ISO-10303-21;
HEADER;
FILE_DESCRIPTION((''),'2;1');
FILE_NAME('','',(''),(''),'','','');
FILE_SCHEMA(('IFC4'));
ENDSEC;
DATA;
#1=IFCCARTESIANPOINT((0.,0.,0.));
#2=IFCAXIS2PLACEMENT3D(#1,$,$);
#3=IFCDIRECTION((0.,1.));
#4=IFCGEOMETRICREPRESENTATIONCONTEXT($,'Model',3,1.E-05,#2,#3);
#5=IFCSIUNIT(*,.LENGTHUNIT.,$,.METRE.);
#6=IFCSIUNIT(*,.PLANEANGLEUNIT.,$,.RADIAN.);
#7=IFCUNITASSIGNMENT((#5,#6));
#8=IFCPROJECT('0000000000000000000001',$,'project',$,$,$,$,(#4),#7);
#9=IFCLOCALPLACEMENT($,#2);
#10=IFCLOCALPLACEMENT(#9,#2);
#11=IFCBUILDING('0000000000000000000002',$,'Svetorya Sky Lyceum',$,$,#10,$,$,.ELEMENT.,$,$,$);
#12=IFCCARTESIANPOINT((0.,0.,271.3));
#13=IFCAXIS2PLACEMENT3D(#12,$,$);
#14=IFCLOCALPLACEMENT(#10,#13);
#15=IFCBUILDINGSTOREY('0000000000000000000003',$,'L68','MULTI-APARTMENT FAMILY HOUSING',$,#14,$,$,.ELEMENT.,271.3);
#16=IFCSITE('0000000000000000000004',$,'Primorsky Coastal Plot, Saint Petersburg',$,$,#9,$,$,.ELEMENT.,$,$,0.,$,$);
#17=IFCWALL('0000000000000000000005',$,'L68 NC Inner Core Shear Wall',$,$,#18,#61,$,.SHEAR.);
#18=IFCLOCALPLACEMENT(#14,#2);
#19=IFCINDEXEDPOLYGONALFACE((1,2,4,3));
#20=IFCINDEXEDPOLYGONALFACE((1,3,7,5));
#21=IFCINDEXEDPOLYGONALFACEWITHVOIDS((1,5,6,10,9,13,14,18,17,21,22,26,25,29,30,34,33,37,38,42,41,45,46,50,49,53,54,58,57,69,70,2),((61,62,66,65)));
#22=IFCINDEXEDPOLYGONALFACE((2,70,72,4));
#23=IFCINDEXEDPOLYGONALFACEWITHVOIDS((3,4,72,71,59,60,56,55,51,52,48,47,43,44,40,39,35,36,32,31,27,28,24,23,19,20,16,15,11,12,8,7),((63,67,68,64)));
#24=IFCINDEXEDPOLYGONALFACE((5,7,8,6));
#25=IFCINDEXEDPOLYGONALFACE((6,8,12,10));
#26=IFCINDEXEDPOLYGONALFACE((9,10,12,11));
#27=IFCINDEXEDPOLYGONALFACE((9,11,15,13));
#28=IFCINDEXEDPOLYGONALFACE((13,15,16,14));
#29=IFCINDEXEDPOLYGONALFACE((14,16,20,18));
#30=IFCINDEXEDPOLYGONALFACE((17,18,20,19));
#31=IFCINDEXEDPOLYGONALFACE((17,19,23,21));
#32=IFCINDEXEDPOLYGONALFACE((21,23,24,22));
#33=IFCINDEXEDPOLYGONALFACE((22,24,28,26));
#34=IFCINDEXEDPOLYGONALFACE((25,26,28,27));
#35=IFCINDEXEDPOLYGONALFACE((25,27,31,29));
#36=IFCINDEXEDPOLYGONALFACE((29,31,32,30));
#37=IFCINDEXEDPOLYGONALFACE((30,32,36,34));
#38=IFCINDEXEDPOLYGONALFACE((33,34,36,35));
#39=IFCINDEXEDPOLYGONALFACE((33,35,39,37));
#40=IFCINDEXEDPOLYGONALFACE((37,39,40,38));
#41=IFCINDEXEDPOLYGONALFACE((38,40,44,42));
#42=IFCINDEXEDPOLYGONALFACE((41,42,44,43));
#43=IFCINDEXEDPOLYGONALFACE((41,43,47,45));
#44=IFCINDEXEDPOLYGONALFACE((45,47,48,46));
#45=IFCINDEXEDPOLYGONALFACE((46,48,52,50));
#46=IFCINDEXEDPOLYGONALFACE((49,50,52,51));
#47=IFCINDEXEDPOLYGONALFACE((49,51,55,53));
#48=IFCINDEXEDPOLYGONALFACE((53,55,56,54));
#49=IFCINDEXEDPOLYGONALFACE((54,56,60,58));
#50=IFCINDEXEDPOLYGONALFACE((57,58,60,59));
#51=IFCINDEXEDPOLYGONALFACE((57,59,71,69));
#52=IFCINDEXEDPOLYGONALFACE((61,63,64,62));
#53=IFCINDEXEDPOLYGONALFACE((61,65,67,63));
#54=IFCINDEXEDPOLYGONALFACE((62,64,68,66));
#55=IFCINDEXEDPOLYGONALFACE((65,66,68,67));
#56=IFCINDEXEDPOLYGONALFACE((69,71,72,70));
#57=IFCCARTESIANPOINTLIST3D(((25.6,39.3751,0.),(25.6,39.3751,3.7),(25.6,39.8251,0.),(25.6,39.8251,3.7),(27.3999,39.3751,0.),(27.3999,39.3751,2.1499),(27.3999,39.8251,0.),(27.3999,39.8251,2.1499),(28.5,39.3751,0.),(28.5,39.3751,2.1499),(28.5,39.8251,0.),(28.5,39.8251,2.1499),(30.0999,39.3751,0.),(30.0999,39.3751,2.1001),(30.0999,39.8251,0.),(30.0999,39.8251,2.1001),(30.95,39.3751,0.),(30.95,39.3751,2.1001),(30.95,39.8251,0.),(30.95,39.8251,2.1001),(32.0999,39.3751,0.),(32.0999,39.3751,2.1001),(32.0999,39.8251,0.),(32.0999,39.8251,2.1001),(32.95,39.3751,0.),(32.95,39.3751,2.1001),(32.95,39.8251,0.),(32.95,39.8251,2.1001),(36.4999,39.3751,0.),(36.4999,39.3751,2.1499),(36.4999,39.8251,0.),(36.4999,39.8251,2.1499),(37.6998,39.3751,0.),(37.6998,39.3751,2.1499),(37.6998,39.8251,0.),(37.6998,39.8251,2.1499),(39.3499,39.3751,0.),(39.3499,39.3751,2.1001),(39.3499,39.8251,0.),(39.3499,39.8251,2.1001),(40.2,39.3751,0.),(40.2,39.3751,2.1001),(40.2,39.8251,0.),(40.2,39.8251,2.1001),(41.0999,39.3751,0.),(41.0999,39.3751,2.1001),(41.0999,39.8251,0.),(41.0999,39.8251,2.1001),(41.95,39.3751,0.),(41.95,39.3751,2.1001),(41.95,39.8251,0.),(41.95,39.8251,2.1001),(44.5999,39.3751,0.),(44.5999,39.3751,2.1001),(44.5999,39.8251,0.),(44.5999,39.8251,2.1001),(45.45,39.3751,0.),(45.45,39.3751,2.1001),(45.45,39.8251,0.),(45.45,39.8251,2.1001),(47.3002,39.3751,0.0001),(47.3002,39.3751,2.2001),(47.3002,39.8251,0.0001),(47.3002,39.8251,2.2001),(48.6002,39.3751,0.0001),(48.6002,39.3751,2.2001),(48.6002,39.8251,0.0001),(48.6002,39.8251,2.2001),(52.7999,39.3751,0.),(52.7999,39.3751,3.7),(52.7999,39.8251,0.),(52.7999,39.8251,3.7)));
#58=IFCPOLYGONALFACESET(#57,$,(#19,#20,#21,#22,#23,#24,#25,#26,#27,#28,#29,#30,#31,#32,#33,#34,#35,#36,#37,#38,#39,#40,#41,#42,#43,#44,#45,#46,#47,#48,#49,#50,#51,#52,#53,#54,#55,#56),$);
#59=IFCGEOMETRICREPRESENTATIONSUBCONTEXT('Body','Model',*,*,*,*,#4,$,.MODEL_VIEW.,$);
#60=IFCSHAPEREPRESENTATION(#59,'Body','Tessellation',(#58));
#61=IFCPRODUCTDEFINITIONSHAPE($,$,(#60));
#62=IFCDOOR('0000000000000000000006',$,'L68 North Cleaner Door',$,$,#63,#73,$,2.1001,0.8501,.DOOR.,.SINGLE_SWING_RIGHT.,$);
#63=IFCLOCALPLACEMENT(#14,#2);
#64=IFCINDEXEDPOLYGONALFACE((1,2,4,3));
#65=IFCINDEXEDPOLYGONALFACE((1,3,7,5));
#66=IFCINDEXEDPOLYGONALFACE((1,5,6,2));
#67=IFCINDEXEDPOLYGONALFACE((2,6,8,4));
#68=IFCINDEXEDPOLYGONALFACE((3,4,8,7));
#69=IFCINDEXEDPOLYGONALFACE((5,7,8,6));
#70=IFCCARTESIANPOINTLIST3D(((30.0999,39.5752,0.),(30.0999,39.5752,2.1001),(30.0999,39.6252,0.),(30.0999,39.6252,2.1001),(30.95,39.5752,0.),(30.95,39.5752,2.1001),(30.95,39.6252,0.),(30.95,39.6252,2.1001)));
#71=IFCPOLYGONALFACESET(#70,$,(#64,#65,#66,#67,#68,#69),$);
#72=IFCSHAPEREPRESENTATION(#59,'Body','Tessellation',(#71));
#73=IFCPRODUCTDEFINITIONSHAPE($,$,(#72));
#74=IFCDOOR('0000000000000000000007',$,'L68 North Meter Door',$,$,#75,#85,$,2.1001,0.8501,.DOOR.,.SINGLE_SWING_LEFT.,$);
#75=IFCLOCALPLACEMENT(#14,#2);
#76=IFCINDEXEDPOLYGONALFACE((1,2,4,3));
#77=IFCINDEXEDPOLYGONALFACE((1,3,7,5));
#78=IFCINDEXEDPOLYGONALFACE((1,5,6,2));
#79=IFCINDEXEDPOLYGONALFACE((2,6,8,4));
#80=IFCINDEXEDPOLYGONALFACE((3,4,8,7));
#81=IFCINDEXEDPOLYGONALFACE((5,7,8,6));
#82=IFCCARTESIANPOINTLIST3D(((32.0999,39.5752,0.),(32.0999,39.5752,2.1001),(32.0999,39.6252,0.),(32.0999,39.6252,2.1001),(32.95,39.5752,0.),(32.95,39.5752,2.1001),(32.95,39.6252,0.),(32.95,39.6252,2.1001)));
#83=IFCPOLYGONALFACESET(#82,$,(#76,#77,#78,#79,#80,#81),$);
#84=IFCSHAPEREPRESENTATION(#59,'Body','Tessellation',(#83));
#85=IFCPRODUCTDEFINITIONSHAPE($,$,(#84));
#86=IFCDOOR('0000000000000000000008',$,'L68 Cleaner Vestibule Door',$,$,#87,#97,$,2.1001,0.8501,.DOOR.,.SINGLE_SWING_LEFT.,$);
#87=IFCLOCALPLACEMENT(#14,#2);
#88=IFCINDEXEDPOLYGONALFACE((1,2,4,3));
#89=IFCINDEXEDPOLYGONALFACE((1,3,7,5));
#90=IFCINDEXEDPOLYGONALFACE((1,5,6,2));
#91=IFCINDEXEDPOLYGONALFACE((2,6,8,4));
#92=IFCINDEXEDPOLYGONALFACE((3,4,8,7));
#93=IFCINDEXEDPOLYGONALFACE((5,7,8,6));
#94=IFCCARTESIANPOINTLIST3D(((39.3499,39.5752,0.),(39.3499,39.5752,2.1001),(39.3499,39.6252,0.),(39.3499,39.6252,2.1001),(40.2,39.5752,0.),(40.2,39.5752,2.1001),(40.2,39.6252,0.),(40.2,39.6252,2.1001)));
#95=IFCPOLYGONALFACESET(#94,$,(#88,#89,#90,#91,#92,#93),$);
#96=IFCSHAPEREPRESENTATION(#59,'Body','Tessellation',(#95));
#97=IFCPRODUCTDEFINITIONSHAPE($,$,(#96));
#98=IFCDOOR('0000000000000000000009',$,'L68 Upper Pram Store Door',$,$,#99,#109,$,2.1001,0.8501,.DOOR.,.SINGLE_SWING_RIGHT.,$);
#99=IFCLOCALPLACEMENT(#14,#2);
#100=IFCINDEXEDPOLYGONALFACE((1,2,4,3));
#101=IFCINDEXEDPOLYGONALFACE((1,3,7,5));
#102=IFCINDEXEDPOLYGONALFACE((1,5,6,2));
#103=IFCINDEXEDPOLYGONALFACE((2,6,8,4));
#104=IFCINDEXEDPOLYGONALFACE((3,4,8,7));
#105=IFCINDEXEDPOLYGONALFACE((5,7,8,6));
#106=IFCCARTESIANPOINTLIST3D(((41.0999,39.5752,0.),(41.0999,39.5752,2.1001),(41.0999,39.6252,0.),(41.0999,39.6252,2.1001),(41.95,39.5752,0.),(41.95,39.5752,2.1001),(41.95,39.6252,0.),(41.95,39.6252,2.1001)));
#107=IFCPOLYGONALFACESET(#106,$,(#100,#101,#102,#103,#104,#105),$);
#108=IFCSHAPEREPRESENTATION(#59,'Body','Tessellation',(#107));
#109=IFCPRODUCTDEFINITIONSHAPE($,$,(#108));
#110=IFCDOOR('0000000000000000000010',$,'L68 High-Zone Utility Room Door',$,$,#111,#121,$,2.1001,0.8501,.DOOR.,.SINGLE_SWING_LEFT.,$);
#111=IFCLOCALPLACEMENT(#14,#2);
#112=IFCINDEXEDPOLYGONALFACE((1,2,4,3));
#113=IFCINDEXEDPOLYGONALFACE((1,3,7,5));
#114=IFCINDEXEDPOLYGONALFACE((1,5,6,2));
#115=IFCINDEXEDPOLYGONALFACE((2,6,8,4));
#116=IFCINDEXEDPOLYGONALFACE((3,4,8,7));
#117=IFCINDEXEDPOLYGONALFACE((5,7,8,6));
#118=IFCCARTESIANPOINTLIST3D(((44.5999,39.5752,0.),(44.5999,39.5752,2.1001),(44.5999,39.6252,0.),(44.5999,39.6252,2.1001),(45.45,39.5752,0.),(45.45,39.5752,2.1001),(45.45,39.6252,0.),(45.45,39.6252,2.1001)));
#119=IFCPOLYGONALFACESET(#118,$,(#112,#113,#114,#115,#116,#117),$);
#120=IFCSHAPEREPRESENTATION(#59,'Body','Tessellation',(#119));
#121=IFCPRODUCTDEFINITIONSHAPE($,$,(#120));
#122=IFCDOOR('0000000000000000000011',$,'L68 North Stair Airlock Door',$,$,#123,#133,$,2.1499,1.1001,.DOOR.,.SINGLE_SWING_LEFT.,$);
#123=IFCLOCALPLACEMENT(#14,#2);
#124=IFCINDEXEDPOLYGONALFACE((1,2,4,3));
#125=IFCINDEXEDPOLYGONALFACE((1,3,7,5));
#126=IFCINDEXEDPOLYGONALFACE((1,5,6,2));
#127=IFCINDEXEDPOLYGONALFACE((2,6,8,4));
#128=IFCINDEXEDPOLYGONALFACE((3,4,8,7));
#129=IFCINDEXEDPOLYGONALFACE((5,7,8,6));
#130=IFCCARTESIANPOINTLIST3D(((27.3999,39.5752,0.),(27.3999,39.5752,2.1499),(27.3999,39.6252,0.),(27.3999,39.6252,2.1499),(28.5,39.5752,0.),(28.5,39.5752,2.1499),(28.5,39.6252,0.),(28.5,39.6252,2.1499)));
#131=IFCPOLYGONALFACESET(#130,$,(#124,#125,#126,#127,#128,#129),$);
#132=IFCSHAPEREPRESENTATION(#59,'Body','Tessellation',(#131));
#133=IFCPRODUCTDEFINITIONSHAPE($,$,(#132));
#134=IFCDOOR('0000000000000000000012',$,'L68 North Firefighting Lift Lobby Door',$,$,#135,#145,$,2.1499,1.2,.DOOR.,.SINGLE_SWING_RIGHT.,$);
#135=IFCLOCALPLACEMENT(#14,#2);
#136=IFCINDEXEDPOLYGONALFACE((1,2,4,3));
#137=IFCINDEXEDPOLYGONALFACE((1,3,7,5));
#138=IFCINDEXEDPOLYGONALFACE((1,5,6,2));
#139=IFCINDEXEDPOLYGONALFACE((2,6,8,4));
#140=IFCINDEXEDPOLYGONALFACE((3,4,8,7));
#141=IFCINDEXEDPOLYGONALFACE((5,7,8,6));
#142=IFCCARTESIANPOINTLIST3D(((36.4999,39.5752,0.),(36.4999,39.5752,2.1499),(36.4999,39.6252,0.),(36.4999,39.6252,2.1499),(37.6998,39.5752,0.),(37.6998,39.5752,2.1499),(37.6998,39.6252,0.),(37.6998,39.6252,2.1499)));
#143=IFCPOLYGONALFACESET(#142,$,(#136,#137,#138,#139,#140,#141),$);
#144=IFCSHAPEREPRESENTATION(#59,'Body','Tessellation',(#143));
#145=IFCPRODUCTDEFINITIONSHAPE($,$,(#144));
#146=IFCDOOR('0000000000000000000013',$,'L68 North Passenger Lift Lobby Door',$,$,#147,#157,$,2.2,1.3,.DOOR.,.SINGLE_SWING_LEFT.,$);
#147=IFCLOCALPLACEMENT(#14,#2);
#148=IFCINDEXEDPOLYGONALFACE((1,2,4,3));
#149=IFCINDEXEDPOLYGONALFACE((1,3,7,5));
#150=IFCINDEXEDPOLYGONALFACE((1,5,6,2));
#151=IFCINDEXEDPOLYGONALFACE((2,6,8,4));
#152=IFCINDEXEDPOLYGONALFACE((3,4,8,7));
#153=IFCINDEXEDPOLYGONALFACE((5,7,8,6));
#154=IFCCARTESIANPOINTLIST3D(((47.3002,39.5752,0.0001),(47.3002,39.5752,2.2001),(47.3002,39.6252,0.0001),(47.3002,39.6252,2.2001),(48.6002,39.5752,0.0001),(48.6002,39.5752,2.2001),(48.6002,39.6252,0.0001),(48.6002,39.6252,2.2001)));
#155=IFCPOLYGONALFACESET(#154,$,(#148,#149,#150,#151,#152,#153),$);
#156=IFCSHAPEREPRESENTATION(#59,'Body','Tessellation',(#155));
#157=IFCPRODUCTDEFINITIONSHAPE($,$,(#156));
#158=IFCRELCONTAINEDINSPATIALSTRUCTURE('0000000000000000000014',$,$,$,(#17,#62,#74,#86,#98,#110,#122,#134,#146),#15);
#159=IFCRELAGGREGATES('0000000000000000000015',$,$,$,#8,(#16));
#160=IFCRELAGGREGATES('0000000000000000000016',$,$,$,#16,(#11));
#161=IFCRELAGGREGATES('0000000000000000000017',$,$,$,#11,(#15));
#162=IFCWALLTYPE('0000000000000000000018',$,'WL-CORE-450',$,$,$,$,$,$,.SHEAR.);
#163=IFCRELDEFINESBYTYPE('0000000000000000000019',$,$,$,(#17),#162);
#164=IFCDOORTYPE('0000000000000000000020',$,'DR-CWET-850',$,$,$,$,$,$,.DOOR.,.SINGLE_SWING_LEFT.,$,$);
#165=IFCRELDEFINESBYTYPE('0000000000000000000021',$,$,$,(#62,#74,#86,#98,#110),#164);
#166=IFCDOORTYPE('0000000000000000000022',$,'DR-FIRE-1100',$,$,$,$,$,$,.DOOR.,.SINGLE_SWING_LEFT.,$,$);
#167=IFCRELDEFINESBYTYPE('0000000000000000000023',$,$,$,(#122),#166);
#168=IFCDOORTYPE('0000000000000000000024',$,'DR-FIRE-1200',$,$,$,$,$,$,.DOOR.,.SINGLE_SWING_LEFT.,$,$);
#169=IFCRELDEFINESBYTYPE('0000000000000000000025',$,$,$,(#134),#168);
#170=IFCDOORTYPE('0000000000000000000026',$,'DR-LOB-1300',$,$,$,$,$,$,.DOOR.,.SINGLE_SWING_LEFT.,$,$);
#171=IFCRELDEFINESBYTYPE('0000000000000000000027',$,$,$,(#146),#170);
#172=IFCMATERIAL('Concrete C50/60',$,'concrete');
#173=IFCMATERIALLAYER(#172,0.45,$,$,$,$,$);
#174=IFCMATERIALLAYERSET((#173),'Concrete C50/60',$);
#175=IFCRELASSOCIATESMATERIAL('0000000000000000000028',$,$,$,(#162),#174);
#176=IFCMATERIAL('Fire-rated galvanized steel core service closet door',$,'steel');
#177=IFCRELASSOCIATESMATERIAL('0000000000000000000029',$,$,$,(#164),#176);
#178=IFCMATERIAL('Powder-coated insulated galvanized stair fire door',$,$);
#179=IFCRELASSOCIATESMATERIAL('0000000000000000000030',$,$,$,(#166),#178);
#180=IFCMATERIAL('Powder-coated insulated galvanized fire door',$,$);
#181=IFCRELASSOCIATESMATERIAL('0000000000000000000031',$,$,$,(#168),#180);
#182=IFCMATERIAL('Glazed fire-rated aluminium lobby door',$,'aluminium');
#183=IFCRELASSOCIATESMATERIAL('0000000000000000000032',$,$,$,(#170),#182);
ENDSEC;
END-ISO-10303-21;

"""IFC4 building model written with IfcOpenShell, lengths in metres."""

from ifc_helpers import new_model, si_unit, direction, frame, frame_2d, origin, place, context, subcontext, project, spatial, rectangle, extrude, material, layer, layer_set, type_object, element, fill, save


model = new_model("IFC4")

# Units and contexts
model_context = context("Model", 3, precision=1e-05, world=origin(), true_north=direction((0.0, 1.0)))
body_context = subcontext(model_context, "Body", "Model", "MODEL_VIEW")
ifc_project = project(units=[si_unit("LENGTHUNIT", "METRE"), si_unit("PLANEANGLEUNIT", "RADIAN")], contexts=[model_context])

# Site, building, storey
site_placement = place(None, origin())
site = spatial("IfcSite", under=ifc_project, at=site_placement, Name="Primorsky Coastal Plot, Saint Petersburg", CompositionType="ELEMENT", RefElevation=0.0)
building_placement = place(site_placement, origin())
building = spatial("IfcBuilding", under=site, at=building_placement, Name="Svetorya Sky Lyceum", CompositionType="ELEMENT")
storey_placement = place(building_placement, frame((0.0, 0.0, 271.3)))
storey = spatial("IfcBuildingStorey", under=building, at=storey_placement, Name="L68", Description="MULTI-APARTMENT FAMILY HOUSING", CompositionType="ELEMENT", Elevation=271.3)

# Wall, openings, doors
ifc_material_1 = material(Name="Concrete C50/60", Category="concrete")
ifc_layer_1 = layer(ifc_material_1, 0.45)
ifc_layer_set_1 = layer_set([ifc_layer_1], Name="Concrete C50/60")
wall_type_1 = type_object("IfcWallType", Name="WL-CORE-450", PredefinedType="SHEAR", material=ifc_layer_set_1)
wall_1_placement = place(storey_placement, frame((52.8, 39.6001, 0.0), z_axis=(0.0, 0.0, 1.0), x_axis=(-1.0, 0.0, 0.0)))
wall_1 = element("IfcWall", 1, at=wall_1_placement, inside=storey, type_object=wall_type_1, Name="L68 NC Inner Core Shear Wall", PredefinedType="SHEAR", context=body_context, shape_type="SweptSolid", body=[
    extrude(rectangle(XDim=27.2, YDim=0.45, at=frame_2d((13.6001, 0.0))), origin(), (0.0, 0.0, 1.0), 3.7),
])
opening_1_placement = place(wall_1_placement, frame((24.3, 0.0, 0.0)))
opening_1 = element("IfcOpeningElement", 2, at=opening_1_placement, cuts=wall_1, PredefinedType="OPENING", context=body_context, shape_type="SweptSolid", body=[
    extrude(rectangle(XDim=1.1001, YDim=2.1499, at=frame_2d((0.55, 1.075))), frame((0.0, 0.2349, 0.0), z_axis=(0.0, -1.0, 0.0), x_axis=(1.0, 0.0, 0.0)), (0.0, 0.0, 1.0), 0.47),
])
opening_2_placement = place(wall_1_placement, frame((21.8501, 0.0, 0.0)))
opening_2 = element("IfcOpeningElement", 3, at=opening_2_placement, cuts=wall_1, PredefinedType="OPENING", context=body_context, shape_type="SweptSolid", body=[
    extrude(rectangle(XDim=0.8501, YDim=2.1001, at=frame_2d((0.425, 1.05))), frame((0.0, 0.2349, 0.0), z_axis=(0.0, -1.0, 0.0), x_axis=(1.0, 0.0, 0.0)), (0.0, 0.0, 1.0), 0.47),
])
opening_3_placement = place(wall_1_placement, frame((19.8501, 0.0, 0.0)))
opening_3 = element("IfcOpeningElement", 4, at=opening_3_placement, cuts=wall_1, PredefinedType="OPENING", context=body_context, shape_type="SweptSolid", body=[
    extrude(rectangle(XDim=0.8501, YDim=2.1001, at=frame_2d((0.425, 1.05))), frame((0.0, 0.2349, 0.0), z_axis=(0.0, -1.0, 0.0), x_axis=(1.0, 0.0, 0.0)), (0.0, 0.0, 1.0), 0.47),
])
opening_4_placement = place(wall_1_placement, frame((15.1001, 0.0, 0.0)))
opening_4 = element("IfcOpeningElement", 5, at=opening_4_placement, cuts=wall_1, PredefinedType="OPENING", context=body_context, shape_type="SweptSolid", body=[
    extrude(rectangle(XDim=1.2, YDim=2.1499, at=frame_2d((0.6001, 1.075))), frame((0.0, 0.2349, 0.0), z_axis=(0.0, -1.0, 0.0), x_axis=(1.0, 0.0, 0.0)), (0.0, 0.0, 1.0), 0.47),
])
opening_5_placement = place(wall_1_placement, frame((12.6001, 0.0, 0.0)))
opening_5 = element("IfcOpeningElement", 6, at=opening_5_placement, cuts=wall_1, PredefinedType="OPENING", context=body_context, shape_type="SweptSolid", body=[
    extrude(rectangle(XDim=0.8501, YDim=2.1001, at=frame_2d((0.425, 1.05))), frame((0.0, 0.2349, 0.0), z_axis=(0.0, -1.0, 0.0), x_axis=(1.0, 0.0, 0.0)), (0.0, 0.0, 1.0), 0.47),
])
opening_6_placement = place(wall_1_placement, frame((10.8501, 0.0, 0.0)))
opening_6 = element("IfcOpeningElement", 7, at=opening_6_placement, cuts=wall_1, PredefinedType="OPENING", context=body_context, shape_type="SweptSolid", body=[
    extrude(rectangle(XDim=0.8501, YDim=2.1001, at=frame_2d((0.425, 1.05))), frame((0.0, 0.2349, 0.0), z_axis=(0.0, -1.0, 0.0), x_axis=(1.0, 0.0, 0.0)), (0.0, 0.0, 1.0), 0.47),
])
opening_7_placement = place(wall_1_placement, frame((7.3501, 0.0, 0.0)))
opening_7 = element("IfcOpeningElement", 8, at=opening_7_placement, cuts=wall_1, PredefinedType="OPENING", context=body_context, shape_type="SweptSolid", body=[
    extrude(rectangle(XDim=0.8501, YDim=2.1001, at=frame_2d((0.425, 1.05))), frame((0.0, 0.2349, 0.0), z_axis=(0.0, -1.0, 0.0), x_axis=(1.0, 0.0, 0.0)), (0.0, 0.0, 1.0), 0.47),
])
opening_8_placement = place(wall_1_placement, frame((4.2, 0.0, 0.0)))
opening_8 = element("IfcOpeningElement", 9, at=opening_8_placement, cuts=wall_1, PredefinedType="OPENING", context=body_context, shape_type="SweptSolid", body=[
    extrude(rectangle(XDim=1.3, YDim=2.2, at=frame_2d((0.6499, 1.1001))), frame((0.0, 0.2349, 0.0), z_axis=(0.0, -1.0, 0.0), x_axis=(1.0, 0.0, 0.0)), (0.0, 0.0, 1.0), 0.47),
])
ifc_material_2 = material(Name="Fire-rated galvanized steel core service closet door", Category="steel")
door_type_1 = type_object("IfcDoorType", Name="DR-CWET-850", OperationType="SINGLE_SWING_LEFT", PredefinedType="DOOR", material=ifc_material_2)
door_1_placement = place(opening_2_placement, origin())
door_1 = element("IfcDoor", 10, at=door_1_placement, inside=storey, type_object=door_type_1, Name="L68 North Cleaner Door", OperationType="SINGLE_SWING_RIGHT", OverallHeight=2.1001, OverallWidth=0.8501, PredefinedType="DOOR", context=body_context, shape_type="SweptSolid", body=[
    extrude(rectangle(XDim=0.8501, YDim=2.1001, at=frame_2d((0.425, 1.05))), frame((0.0, 0.0249, 0.0), z_axis=(0.0, -1.0, 0.0), x_axis=(1.0, 0.0, 0.0)), (0.0, 0.0, 1.0), 0.05),
])
fill(opening_2, door_1)
door_2_placement = place(opening_3_placement, origin())
door_2 = element("IfcDoor", 11, at=door_2_placement, inside=storey, type_object=door_type_1, Name="L68 North Meter Door", OperationType="SINGLE_SWING_LEFT", OverallHeight=2.1001, OverallWidth=0.8501, PredefinedType="DOOR", context=body_context, shape_type="SweptSolid", body=[
    extrude(rectangle(XDim=0.8501, YDim=2.1001, at=frame_2d((0.425, 1.05))), frame((0.0, 0.0249, 0.0), z_axis=(0.0, -1.0, 0.0), x_axis=(1.0, 0.0, 0.0)), (0.0, 0.0, 1.0), 0.05),
])
fill(opening_3, door_2)
door_3_placement = place(opening_5_placement, origin())
door_3 = element("IfcDoor", 12, at=door_3_placement, inside=storey, type_object=door_type_1, Name="L68 Cleaner Vestibule Door", OperationType="SINGLE_SWING_LEFT", OverallHeight=2.1001, OverallWidth=0.8501, PredefinedType="DOOR", context=body_context, shape_type="SweptSolid", body=[
    extrude(rectangle(XDim=0.8501, YDim=2.1001, at=frame_2d((0.425, 1.05))), frame((0.0, 0.0249, 0.0), z_axis=(0.0, -1.0, 0.0), x_axis=(1.0, 0.0, 0.0)), (0.0, 0.0, 1.0), 0.05),
])
fill(opening_5, door_3)
door_4_placement = place(opening_6_placement, origin())
door_4 = element("IfcDoor", 13, at=door_4_placement, inside=storey, type_object=door_type_1, Name="L68 Upper Pram Store Door", OperationType="SINGLE_SWING_RIGHT", OverallHeight=2.1001, OverallWidth=0.8501, PredefinedType="DOOR", context=body_context, shape_type="SweptSolid", body=[
    extrude(rectangle(XDim=0.8501, YDim=2.1001, at=frame_2d((0.425, 1.05))), frame((0.0, 0.0249, 0.0), z_axis=(0.0, -1.0, 0.0), x_axis=(1.0, 0.0, 0.0)), (0.0, 0.0, 1.0), 0.05),
])
fill(opening_6, door_4)
door_5_placement = place(opening_7_placement, origin())
door_5 = element("IfcDoor", 14, at=door_5_placement, inside=storey, type_object=door_type_1, Name="L68 High-Zone Utility Room Door", OperationType="SINGLE_SWING_LEFT", OverallHeight=2.1001, OverallWidth=0.8501, PredefinedType="DOOR", context=body_context, shape_type="SweptSolid", body=[
    extrude(rectangle(XDim=0.8501, YDim=2.1001, at=frame_2d((0.425, 1.05))), frame((0.0, 0.0249, 0.0), z_axis=(0.0, -1.0, 0.0), x_axis=(1.0, 0.0, 0.0)), (0.0, 0.0, 1.0), 0.05),
])
fill(opening_7, door_5)
ifc_material_3 = material(Name="Powder-coated insulated galvanized stair fire door")
door_type_2 = type_object("IfcDoorType", Name="DR-FIRE-1100", OperationType="SINGLE_SWING_LEFT", PredefinedType="DOOR", material=ifc_material_3)
door_6_placement = place(opening_1_placement, origin())
door_6 = element("IfcDoor", 15, at=door_6_placement, inside=storey, type_object=door_type_2, Name="L68 North Stair Airlock Door", OperationType="SINGLE_SWING_LEFT", OverallHeight=2.1499, OverallWidth=1.1001, PredefinedType="DOOR", context=body_context, shape_type="SweptSolid", body=[
    extrude(rectangle(XDim=1.1001, YDim=2.1499, at=frame_2d((0.55, 1.075))), frame((0.0, 0.0249, 0.0), z_axis=(0.0, -1.0, 0.0), x_axis=(1.0, 0.0, 0.0)), (0.0, 0.0, 1.0), 0.05),
])
fill(opening_1, door_6)
ifc_material_4 = material(Name="Powder-coated insulated galvanized fire door")
door_type_3 = type_object("IfcDoorType", Name="DR-FIRE-1200", OperationType="SINGLE_SWING_LEFT", PredefinedType="DOOR", material=ifc_material_4)
door_7_placement = place(opening_4_placement, origin())
door_7 = element("IfcDoor", 16, at=door_7_placement, inside=storey, type_object=door_type_3, Name="L68 North Firefighting Lift Lobby Door", OperationType="SINGLE_SWING_RIGHT", OverallHeight=2.1499, OverallWidth=1.2, PredefinedType="DOOR", context=body_context, shape_type="SweptSolid", body=[
    extrude(rectangle(XDim=1.2, YDim=2.1499, at=frame_2d((0.6001, 1.075))), frame((0.0, 0.0249, 0.0), z_axis=(0.0, -1.0, 0.0), x_axis=(1.0, 0.0, 0.0)), (0.0, 0.0, 1.0), 0.05),
])
fill(opening_4, door_7)
ifc_material_5 = material(Name="Glazed fire-rated aluminium lobby door", Category="aluminium")
door_type_4 = type_object("IfcDoorType", Name="DR-LOB-1300", OperationType="SINGLE_SWING_LEFT", PredefinedType="DOOR", material=ifc_material_5)
door_8_placement = place(opening_8_placement, origin())
door_8 = element("IfcDoor", 17, at=door_8_placement, inside=storey, type_object=door_type_4, Name="L68 North Passenger Lift Lobby Door", OperationType="SINGLE_SWING_LEFT", OverallHeight=2.2, OverallWidth=1.3, PredefinedType="DOOR", context=body_context, shape_type="SweptSolid", body=[
    extrude(rectangle(XDim=1.3, YDim=2.2, at=frame_2d((0.6499, 1.1001))), frame((0.0, 0.0249, 0.0), z_axis=(0.0, -1.0, 0.0), x_axis=(1.0, 0.0, 0.0)), (0.0, 0.0, 1.0), 0.05),
])
fill(opening_8, door_8)

save(model, "model.ifc")
